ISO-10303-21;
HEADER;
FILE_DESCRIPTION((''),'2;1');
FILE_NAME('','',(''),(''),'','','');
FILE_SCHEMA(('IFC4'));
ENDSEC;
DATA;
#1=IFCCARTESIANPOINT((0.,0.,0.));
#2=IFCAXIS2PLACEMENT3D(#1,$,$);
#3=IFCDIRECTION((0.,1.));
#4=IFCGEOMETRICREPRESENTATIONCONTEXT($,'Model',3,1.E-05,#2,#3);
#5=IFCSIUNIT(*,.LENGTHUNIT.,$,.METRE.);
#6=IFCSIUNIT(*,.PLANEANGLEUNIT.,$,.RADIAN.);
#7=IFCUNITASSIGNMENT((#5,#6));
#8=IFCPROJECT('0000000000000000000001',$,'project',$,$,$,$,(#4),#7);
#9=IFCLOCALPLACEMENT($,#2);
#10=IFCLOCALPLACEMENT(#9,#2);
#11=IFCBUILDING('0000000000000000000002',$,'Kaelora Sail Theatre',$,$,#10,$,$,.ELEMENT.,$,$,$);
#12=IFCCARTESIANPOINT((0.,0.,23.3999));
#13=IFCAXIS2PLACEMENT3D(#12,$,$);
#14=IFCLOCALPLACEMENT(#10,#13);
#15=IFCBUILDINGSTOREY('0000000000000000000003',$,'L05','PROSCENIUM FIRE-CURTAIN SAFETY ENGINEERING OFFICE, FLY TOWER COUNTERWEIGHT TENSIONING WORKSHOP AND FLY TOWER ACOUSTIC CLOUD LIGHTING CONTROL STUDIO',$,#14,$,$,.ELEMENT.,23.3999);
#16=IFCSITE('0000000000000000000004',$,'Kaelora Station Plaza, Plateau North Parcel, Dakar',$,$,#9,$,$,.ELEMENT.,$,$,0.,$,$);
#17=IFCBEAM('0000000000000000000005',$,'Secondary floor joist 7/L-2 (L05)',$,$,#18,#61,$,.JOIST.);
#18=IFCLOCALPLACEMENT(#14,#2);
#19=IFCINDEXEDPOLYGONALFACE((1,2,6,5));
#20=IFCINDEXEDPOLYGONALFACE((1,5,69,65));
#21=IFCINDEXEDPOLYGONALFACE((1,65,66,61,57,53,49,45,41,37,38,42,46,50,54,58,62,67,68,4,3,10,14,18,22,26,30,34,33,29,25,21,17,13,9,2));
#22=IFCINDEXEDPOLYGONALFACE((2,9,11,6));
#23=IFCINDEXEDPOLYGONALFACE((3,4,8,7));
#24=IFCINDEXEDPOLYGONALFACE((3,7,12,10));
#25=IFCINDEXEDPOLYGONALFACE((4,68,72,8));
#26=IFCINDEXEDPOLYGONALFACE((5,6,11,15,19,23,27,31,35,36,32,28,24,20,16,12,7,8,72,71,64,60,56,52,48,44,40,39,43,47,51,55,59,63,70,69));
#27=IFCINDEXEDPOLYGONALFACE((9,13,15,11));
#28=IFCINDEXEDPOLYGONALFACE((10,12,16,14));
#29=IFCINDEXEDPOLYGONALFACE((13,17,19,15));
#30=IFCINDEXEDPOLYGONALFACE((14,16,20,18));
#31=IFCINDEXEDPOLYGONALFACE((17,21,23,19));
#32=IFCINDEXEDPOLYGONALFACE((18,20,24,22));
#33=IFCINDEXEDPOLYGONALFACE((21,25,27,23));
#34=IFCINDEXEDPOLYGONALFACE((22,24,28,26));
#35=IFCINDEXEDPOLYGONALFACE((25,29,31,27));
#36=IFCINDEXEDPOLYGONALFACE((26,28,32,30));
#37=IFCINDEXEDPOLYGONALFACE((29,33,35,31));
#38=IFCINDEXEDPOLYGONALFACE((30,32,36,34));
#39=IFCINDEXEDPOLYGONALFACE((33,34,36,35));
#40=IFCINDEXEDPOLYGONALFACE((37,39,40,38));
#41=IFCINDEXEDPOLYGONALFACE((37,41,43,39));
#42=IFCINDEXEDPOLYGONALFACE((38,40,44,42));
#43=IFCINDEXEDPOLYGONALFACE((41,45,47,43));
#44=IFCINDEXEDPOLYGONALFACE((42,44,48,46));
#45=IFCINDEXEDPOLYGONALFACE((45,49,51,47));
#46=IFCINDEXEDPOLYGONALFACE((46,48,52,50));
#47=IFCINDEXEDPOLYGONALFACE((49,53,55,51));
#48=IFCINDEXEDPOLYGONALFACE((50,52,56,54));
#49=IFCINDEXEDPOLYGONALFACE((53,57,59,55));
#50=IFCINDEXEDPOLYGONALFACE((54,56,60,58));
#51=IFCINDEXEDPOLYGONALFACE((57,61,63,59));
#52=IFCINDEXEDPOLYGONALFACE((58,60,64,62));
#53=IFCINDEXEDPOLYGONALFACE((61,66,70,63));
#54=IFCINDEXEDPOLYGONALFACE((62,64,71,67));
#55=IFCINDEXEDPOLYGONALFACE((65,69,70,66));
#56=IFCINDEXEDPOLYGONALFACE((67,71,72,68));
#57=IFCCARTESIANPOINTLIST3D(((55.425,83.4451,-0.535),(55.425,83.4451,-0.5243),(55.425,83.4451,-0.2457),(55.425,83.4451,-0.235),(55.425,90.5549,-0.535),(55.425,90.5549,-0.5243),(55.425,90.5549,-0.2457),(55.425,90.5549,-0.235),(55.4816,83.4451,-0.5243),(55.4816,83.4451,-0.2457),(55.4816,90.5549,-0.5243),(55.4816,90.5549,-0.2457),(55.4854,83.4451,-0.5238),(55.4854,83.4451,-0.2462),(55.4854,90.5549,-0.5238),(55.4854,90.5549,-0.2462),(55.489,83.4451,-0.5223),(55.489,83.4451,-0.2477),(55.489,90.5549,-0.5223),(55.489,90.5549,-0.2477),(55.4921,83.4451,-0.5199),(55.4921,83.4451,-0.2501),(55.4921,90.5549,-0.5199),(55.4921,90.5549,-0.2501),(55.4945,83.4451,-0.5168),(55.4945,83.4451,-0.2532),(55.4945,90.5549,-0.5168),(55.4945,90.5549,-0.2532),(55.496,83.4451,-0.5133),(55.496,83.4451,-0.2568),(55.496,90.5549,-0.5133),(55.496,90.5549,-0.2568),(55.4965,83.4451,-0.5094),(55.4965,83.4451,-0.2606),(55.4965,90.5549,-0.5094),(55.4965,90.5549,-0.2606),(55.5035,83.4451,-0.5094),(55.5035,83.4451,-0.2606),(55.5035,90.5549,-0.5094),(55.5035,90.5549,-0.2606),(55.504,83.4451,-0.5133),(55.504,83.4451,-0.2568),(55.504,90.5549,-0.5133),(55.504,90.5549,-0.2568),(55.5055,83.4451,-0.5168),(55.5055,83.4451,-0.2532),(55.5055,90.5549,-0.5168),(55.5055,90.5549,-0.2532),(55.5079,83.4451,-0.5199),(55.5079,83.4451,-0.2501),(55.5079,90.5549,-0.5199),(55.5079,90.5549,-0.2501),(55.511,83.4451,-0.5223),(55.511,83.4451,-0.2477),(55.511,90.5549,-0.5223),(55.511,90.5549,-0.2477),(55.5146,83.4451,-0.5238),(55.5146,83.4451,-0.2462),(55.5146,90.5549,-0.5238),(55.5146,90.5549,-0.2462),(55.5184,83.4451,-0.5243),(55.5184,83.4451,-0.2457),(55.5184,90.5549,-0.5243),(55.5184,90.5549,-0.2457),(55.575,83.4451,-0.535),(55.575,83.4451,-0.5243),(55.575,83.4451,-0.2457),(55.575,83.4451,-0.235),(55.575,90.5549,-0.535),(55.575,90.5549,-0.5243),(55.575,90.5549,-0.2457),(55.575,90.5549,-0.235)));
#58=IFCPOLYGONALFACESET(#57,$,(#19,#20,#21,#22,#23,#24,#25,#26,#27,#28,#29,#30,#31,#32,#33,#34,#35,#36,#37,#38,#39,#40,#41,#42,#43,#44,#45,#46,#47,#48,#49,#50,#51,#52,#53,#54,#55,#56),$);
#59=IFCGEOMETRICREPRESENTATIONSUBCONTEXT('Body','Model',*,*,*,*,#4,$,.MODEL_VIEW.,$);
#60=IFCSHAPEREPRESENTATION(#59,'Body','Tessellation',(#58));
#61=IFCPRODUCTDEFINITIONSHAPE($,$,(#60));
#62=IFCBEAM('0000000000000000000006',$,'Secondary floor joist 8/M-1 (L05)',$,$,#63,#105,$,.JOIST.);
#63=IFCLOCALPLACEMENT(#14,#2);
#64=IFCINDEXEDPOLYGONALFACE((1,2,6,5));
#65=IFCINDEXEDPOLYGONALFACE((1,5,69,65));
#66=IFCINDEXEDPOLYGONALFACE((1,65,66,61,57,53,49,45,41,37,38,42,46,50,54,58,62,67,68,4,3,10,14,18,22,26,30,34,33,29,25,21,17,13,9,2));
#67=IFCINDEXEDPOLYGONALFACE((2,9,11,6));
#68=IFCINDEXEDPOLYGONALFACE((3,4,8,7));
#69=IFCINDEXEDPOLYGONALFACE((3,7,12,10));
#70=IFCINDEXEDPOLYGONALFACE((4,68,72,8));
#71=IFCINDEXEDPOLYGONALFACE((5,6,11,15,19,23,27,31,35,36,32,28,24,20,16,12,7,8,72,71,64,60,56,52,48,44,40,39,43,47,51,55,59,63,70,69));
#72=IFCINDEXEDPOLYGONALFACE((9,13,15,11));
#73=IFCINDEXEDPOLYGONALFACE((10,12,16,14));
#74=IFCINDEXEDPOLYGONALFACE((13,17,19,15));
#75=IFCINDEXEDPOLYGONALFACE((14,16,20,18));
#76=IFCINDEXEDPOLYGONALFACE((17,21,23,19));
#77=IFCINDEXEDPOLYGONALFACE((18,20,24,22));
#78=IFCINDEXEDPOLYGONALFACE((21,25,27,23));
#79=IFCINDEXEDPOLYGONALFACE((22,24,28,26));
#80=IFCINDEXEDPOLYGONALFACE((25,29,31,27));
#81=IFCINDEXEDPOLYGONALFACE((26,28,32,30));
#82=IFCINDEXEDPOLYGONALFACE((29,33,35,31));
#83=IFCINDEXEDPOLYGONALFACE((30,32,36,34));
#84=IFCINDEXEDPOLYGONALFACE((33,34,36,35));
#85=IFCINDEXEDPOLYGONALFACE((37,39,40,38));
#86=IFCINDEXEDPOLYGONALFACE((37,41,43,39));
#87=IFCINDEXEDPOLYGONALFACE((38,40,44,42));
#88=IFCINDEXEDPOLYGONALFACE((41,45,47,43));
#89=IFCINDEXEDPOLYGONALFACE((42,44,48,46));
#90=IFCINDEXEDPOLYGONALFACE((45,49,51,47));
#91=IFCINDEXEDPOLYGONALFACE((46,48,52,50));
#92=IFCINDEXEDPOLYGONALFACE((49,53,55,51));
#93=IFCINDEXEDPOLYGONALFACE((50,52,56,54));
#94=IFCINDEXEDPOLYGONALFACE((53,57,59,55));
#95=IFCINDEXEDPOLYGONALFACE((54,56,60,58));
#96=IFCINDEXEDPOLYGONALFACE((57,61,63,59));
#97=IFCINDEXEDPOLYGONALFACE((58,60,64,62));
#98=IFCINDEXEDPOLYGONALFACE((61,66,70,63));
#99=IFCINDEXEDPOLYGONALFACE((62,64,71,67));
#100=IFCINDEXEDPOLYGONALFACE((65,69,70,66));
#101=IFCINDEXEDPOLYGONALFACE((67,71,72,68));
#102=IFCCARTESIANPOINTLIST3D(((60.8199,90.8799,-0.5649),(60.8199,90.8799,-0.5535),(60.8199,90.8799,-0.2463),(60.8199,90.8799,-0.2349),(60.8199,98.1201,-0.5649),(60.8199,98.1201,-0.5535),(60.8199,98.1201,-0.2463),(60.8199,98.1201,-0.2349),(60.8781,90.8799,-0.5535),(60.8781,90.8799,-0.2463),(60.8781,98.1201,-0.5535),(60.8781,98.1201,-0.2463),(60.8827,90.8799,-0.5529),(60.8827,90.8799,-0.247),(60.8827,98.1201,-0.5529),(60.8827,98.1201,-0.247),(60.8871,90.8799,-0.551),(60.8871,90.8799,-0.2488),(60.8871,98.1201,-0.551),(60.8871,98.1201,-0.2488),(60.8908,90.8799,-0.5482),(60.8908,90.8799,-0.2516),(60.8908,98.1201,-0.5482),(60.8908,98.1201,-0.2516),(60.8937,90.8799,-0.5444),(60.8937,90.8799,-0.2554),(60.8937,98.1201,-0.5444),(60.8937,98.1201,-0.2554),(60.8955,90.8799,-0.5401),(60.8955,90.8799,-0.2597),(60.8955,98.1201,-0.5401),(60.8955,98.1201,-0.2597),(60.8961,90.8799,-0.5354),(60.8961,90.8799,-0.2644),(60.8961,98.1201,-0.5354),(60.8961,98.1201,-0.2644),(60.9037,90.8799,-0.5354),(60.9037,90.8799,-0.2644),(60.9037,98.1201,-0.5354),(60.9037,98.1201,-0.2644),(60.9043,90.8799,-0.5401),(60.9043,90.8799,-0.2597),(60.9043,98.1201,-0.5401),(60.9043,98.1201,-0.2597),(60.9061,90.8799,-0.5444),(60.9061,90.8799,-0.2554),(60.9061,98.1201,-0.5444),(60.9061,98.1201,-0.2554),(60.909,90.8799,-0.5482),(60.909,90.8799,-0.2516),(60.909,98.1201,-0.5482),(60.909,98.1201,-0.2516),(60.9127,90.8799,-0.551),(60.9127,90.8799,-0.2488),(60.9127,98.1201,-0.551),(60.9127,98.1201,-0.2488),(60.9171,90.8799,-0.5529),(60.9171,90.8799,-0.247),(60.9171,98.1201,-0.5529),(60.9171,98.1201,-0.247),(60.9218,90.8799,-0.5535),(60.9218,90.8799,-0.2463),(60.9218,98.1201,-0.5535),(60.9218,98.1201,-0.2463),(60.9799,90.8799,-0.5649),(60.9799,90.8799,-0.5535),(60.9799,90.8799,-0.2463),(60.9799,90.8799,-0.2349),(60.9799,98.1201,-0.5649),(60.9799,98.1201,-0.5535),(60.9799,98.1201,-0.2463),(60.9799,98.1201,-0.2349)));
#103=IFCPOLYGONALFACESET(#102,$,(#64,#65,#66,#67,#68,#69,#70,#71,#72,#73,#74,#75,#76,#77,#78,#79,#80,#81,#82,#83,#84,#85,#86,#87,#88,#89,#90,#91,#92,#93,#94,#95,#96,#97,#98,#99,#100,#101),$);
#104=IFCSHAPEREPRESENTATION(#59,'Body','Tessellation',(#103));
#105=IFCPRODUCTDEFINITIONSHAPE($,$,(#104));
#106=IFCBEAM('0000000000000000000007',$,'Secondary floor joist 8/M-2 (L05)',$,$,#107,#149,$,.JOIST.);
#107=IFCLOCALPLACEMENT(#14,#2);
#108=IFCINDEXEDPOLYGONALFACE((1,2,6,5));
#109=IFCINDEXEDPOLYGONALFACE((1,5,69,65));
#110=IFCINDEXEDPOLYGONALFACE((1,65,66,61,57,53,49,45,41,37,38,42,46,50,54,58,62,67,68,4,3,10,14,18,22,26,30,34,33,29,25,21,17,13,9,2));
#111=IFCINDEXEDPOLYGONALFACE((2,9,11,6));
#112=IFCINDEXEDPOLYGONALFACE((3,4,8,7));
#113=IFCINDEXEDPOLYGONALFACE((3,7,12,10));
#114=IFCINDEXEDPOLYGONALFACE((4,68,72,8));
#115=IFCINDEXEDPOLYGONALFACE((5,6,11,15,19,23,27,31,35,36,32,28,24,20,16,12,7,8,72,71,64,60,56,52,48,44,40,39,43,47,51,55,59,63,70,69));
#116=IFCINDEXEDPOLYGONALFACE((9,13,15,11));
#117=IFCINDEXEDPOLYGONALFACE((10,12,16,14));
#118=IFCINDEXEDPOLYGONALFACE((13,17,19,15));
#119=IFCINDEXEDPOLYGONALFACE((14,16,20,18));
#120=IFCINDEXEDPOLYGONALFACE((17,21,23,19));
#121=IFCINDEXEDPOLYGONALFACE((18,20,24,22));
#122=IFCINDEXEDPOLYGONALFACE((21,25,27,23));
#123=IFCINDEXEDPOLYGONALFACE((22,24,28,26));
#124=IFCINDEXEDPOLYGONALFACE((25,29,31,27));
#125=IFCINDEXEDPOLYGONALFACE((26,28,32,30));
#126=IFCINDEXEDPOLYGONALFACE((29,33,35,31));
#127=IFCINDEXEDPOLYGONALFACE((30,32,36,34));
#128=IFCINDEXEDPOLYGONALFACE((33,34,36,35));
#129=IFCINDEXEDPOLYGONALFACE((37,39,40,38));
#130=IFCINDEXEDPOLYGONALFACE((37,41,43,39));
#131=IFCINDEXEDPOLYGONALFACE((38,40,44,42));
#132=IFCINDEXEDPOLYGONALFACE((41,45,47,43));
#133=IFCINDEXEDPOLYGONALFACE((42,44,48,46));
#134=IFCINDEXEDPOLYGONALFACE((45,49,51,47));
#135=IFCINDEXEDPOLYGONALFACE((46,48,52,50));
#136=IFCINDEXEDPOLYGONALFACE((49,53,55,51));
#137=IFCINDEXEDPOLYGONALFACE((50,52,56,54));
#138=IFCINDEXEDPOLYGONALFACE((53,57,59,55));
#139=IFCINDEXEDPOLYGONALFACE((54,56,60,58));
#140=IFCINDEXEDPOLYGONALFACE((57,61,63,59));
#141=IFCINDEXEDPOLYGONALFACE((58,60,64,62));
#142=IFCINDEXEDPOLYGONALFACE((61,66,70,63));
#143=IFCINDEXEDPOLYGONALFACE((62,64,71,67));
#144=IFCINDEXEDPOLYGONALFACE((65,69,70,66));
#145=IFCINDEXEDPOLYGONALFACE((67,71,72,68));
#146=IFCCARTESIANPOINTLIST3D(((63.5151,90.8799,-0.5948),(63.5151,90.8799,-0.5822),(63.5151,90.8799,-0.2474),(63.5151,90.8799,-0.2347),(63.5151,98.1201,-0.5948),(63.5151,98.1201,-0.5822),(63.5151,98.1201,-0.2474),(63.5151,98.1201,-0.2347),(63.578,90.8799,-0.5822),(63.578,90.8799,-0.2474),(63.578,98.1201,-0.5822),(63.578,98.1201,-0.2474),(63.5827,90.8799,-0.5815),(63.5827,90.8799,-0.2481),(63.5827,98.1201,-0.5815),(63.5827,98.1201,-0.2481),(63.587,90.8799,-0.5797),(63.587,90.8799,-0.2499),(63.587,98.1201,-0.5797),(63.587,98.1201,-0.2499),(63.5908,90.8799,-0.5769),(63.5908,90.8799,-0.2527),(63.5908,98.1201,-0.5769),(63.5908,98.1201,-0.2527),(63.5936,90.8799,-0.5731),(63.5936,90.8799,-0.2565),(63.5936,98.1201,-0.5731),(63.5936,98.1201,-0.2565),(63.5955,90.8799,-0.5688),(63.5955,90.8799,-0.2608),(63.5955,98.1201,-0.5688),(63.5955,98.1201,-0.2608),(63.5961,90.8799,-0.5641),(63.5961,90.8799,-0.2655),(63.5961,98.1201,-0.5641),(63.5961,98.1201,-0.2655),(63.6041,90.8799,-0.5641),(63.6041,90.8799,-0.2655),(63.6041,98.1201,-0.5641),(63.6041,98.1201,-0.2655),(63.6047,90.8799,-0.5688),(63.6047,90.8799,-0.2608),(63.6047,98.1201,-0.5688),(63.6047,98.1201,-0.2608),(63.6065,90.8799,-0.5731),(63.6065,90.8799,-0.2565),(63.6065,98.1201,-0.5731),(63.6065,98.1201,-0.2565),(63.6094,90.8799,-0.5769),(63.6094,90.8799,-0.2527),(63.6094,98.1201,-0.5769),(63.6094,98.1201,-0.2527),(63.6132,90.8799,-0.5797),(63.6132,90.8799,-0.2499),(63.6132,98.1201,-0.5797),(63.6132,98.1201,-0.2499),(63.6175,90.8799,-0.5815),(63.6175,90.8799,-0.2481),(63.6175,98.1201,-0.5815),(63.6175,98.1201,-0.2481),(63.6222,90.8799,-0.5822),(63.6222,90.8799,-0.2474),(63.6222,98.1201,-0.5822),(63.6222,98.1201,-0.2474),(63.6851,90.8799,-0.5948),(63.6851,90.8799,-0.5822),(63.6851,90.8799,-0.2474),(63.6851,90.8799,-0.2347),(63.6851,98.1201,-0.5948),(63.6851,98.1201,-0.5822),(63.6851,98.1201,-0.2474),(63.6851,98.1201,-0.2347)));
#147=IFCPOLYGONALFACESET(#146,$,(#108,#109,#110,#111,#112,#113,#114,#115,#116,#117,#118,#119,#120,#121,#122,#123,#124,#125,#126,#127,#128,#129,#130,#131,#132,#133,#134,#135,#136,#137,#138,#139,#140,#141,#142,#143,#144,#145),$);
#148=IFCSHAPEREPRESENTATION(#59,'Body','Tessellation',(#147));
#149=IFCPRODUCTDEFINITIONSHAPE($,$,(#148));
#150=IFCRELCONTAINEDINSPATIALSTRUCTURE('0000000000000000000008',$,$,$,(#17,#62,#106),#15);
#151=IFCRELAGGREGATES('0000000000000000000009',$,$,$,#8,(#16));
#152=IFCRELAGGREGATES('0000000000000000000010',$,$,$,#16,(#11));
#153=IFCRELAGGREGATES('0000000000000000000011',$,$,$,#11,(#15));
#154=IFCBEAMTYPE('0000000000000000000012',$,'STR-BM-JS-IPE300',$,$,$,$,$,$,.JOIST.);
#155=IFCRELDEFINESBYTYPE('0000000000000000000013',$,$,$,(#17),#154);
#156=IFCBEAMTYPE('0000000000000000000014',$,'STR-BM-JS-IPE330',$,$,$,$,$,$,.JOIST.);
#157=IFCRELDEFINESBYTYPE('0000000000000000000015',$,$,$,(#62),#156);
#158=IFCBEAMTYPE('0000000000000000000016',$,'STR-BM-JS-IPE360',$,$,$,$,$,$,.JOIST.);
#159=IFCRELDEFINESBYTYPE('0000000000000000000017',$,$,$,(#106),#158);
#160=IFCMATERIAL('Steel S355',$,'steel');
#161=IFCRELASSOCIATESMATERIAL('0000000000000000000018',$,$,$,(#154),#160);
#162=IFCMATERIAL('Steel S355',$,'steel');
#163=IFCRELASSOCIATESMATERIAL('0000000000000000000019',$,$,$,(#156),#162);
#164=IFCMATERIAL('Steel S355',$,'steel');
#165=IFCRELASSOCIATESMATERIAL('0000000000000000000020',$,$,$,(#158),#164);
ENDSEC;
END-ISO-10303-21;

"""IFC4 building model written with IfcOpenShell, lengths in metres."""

from ifc_helpers import new_model, si_unit, direction, frame, origin, origin_2d, place, context, subcontext, project, spatial, i_section, extrude, material, material_profile, profile_set, type_object, element, save


model = new_model("IFC4")

# Units and contexts
model_context = context("Model", 3, precision=1e-05, world=origin(), true_north=direction((0.0, 1.0)))
body_context = subcontext(model_context, "Body", "Model", "MODEL_VIEW")
ifc_project = project(units=[si_unit("LENGTHUNIT", "METRE"), si_unit("PLANEANGLEUNIT", "RADIAN")], contexts=[model_context])

# Site, building, storey
site_placement = place(None, origin())
site = spatial("IfcSite", under=ifc_project, at=site_placement, Name="Kaelora Station Plaza, Plateau North Parcel, Dakar", CompositionType="ELEMENT", RefElevation=0.0)
building_placement = place(site_placement, origin())
building = spatial("IfcBuilding", under=site, at=building_placement, Name="Kaelora Sail Theatre", CompositionType="ELEMENT")
storey_placement = place(building_placement, frame((0.0, 0.0, 23.3999)))
storey = spatial("IfcBuildingStorey", under=building, at=storey_placement, Name="L05", Description="PROSCENIUM FIRE-CURTAIN SAFETY ENGINEERING OFFICE, FLY TOWER COUNTERWEIGHT TENSIONING WORKSHOP AND FLY TOWER ACOUSTIC CLOUD LIGHTING CONTROL STUDIO", CompositionType="ELEMENT", Elevation=23.3999)

# Beams
ifc_material_1 = material(Name="Steel S355", Category="steel")
ifc_material_profile_1 = material_profile(ifc_material_1, i_section(OverallWidth=0.1499, OverallDepth=0.3, WebThickness=0.0071, FlangeThickness=0.0107, FilletRadius=0.0149, at=origin_2d()), Name="IPE 300")
ifc_profile_set_1 = profile_set([ifc_material_profile_1], Name="Steel S355")
beam_type_1 = type_object("IfcBeamType", Name="STR-BM-JS-IPE300", PredefinedType="JOIST", material=ifc_profile_set_1)
beam_1_placement = place(storey_placement, frame((55.5, 83.4451, -0.385), z_axis=(0.0, 1.0, 0.0), x_axis=(-1.0, 0.0, 0.0)))
element("IfcBeam", 1, at=beam_1_placement, inside=storey, type_object=beam_type_1, Name="Secondary floor joist 7/L-2 (L05)", PredefinedType="JOIST", context=body_context, shape_type="SweptSolid", body=[
    extrude(i_section(OverallWidth=0.1499, OverallDepth=0.3, WebThickness=0.0071, FlangeThickness=0.0107, FilletRadius=0.0149, at=origin_2d()), origin(), (0.0, 0.0, 1.0), 7.1099),
])
ifc_material_2 = material(Name="Steel S355", Category="steel")
ifc_material_profile_2 = material_profile(ifc_material_2, i_section(OverallWidth=0.1599, OverallDepth=0.3301, WebThickness=0.0076, FlangeThickness=0.0115, FilletRadius=0.0181, at=origin_2d()), Name="IPE 330")
ifc_profile_set_2 = profile_set([ifc_material_profile_2], Name="Steel S355")
beam_type_2 = type_object("IfcBeamType", Name="STR-BM-JS-IPE330", PredefinedType="JOIST", material=ifc_profile_set_2)
beam_2_placement = place(storey_placement, frame((60.8999, 90.8799, -0.3999), z_axis=(0.0, 1.0, 0.0), x_axis=(-1.0, 0.0, 0.0)))
element("IfcBeam", 2, at=beam_2_placement, inside=storey, type_object=beam_type_2, Name="Secondary floor joist 8/M-1 (L05)", PredefinedType="JOIST", context=body_context, shape_type="SweptSolid", body=[
    extrude(i_section(OverallWidth=0.1599, OverallDepth=0.3301, WebThickness=0.0076, FlangeThickness=0.0115, FilletRadius=0.0181, at=origin_2d()), origin(), (0.0, 0.0, 1.0), 7.2402),
])
ifc_material_3 = material(Name="Steel S355", Category="steel")
ifc_material_profile_3 = material_profile(ifc_material_3, i_section(OverallWidth=0.1699, OverallDepth=0.3601, WebThickness=0.0081, FlangeThickness=0.0127, FilletRadius=0.0181, at=origin_2d()), Name="IPE 360")
ifc_profile_set_3 = profile_set([ifc_material_profile_3], Name="Steel S355")
beam_type_3 = type_object("IfcBeamType", Name="STR-BM-JS-IPE360", PredefinedType="JOIST", material=ifc_profile_set_3)
beam_3_placement = place(storey_placement, frame((63.6001, 90.8799, -0.4148), z_axis=(0.0, 1.0, 0.0), x_axis=(-1.0, 0.0, 0.0)))
element("IfcBeam", 3, at=beam_3_placement, inside=storey, type_object=beam_type_3, Name="Secondary floor joist 8/M-2 (L05)", PredefinedType="JOIST", context=body_context, shape_type="SweptSolid", body=[
    extrude(i_section(OverallWidth=0.1699, OverallDepth=0.3601, WebThickness=0.0081, FlangeThickness=0.0127, FilletRadius=0.0181, at=origin_2d()), origin(), (0.0, 0.0, 1.0), 7.2402),
])

save(model, "model.ifc")
